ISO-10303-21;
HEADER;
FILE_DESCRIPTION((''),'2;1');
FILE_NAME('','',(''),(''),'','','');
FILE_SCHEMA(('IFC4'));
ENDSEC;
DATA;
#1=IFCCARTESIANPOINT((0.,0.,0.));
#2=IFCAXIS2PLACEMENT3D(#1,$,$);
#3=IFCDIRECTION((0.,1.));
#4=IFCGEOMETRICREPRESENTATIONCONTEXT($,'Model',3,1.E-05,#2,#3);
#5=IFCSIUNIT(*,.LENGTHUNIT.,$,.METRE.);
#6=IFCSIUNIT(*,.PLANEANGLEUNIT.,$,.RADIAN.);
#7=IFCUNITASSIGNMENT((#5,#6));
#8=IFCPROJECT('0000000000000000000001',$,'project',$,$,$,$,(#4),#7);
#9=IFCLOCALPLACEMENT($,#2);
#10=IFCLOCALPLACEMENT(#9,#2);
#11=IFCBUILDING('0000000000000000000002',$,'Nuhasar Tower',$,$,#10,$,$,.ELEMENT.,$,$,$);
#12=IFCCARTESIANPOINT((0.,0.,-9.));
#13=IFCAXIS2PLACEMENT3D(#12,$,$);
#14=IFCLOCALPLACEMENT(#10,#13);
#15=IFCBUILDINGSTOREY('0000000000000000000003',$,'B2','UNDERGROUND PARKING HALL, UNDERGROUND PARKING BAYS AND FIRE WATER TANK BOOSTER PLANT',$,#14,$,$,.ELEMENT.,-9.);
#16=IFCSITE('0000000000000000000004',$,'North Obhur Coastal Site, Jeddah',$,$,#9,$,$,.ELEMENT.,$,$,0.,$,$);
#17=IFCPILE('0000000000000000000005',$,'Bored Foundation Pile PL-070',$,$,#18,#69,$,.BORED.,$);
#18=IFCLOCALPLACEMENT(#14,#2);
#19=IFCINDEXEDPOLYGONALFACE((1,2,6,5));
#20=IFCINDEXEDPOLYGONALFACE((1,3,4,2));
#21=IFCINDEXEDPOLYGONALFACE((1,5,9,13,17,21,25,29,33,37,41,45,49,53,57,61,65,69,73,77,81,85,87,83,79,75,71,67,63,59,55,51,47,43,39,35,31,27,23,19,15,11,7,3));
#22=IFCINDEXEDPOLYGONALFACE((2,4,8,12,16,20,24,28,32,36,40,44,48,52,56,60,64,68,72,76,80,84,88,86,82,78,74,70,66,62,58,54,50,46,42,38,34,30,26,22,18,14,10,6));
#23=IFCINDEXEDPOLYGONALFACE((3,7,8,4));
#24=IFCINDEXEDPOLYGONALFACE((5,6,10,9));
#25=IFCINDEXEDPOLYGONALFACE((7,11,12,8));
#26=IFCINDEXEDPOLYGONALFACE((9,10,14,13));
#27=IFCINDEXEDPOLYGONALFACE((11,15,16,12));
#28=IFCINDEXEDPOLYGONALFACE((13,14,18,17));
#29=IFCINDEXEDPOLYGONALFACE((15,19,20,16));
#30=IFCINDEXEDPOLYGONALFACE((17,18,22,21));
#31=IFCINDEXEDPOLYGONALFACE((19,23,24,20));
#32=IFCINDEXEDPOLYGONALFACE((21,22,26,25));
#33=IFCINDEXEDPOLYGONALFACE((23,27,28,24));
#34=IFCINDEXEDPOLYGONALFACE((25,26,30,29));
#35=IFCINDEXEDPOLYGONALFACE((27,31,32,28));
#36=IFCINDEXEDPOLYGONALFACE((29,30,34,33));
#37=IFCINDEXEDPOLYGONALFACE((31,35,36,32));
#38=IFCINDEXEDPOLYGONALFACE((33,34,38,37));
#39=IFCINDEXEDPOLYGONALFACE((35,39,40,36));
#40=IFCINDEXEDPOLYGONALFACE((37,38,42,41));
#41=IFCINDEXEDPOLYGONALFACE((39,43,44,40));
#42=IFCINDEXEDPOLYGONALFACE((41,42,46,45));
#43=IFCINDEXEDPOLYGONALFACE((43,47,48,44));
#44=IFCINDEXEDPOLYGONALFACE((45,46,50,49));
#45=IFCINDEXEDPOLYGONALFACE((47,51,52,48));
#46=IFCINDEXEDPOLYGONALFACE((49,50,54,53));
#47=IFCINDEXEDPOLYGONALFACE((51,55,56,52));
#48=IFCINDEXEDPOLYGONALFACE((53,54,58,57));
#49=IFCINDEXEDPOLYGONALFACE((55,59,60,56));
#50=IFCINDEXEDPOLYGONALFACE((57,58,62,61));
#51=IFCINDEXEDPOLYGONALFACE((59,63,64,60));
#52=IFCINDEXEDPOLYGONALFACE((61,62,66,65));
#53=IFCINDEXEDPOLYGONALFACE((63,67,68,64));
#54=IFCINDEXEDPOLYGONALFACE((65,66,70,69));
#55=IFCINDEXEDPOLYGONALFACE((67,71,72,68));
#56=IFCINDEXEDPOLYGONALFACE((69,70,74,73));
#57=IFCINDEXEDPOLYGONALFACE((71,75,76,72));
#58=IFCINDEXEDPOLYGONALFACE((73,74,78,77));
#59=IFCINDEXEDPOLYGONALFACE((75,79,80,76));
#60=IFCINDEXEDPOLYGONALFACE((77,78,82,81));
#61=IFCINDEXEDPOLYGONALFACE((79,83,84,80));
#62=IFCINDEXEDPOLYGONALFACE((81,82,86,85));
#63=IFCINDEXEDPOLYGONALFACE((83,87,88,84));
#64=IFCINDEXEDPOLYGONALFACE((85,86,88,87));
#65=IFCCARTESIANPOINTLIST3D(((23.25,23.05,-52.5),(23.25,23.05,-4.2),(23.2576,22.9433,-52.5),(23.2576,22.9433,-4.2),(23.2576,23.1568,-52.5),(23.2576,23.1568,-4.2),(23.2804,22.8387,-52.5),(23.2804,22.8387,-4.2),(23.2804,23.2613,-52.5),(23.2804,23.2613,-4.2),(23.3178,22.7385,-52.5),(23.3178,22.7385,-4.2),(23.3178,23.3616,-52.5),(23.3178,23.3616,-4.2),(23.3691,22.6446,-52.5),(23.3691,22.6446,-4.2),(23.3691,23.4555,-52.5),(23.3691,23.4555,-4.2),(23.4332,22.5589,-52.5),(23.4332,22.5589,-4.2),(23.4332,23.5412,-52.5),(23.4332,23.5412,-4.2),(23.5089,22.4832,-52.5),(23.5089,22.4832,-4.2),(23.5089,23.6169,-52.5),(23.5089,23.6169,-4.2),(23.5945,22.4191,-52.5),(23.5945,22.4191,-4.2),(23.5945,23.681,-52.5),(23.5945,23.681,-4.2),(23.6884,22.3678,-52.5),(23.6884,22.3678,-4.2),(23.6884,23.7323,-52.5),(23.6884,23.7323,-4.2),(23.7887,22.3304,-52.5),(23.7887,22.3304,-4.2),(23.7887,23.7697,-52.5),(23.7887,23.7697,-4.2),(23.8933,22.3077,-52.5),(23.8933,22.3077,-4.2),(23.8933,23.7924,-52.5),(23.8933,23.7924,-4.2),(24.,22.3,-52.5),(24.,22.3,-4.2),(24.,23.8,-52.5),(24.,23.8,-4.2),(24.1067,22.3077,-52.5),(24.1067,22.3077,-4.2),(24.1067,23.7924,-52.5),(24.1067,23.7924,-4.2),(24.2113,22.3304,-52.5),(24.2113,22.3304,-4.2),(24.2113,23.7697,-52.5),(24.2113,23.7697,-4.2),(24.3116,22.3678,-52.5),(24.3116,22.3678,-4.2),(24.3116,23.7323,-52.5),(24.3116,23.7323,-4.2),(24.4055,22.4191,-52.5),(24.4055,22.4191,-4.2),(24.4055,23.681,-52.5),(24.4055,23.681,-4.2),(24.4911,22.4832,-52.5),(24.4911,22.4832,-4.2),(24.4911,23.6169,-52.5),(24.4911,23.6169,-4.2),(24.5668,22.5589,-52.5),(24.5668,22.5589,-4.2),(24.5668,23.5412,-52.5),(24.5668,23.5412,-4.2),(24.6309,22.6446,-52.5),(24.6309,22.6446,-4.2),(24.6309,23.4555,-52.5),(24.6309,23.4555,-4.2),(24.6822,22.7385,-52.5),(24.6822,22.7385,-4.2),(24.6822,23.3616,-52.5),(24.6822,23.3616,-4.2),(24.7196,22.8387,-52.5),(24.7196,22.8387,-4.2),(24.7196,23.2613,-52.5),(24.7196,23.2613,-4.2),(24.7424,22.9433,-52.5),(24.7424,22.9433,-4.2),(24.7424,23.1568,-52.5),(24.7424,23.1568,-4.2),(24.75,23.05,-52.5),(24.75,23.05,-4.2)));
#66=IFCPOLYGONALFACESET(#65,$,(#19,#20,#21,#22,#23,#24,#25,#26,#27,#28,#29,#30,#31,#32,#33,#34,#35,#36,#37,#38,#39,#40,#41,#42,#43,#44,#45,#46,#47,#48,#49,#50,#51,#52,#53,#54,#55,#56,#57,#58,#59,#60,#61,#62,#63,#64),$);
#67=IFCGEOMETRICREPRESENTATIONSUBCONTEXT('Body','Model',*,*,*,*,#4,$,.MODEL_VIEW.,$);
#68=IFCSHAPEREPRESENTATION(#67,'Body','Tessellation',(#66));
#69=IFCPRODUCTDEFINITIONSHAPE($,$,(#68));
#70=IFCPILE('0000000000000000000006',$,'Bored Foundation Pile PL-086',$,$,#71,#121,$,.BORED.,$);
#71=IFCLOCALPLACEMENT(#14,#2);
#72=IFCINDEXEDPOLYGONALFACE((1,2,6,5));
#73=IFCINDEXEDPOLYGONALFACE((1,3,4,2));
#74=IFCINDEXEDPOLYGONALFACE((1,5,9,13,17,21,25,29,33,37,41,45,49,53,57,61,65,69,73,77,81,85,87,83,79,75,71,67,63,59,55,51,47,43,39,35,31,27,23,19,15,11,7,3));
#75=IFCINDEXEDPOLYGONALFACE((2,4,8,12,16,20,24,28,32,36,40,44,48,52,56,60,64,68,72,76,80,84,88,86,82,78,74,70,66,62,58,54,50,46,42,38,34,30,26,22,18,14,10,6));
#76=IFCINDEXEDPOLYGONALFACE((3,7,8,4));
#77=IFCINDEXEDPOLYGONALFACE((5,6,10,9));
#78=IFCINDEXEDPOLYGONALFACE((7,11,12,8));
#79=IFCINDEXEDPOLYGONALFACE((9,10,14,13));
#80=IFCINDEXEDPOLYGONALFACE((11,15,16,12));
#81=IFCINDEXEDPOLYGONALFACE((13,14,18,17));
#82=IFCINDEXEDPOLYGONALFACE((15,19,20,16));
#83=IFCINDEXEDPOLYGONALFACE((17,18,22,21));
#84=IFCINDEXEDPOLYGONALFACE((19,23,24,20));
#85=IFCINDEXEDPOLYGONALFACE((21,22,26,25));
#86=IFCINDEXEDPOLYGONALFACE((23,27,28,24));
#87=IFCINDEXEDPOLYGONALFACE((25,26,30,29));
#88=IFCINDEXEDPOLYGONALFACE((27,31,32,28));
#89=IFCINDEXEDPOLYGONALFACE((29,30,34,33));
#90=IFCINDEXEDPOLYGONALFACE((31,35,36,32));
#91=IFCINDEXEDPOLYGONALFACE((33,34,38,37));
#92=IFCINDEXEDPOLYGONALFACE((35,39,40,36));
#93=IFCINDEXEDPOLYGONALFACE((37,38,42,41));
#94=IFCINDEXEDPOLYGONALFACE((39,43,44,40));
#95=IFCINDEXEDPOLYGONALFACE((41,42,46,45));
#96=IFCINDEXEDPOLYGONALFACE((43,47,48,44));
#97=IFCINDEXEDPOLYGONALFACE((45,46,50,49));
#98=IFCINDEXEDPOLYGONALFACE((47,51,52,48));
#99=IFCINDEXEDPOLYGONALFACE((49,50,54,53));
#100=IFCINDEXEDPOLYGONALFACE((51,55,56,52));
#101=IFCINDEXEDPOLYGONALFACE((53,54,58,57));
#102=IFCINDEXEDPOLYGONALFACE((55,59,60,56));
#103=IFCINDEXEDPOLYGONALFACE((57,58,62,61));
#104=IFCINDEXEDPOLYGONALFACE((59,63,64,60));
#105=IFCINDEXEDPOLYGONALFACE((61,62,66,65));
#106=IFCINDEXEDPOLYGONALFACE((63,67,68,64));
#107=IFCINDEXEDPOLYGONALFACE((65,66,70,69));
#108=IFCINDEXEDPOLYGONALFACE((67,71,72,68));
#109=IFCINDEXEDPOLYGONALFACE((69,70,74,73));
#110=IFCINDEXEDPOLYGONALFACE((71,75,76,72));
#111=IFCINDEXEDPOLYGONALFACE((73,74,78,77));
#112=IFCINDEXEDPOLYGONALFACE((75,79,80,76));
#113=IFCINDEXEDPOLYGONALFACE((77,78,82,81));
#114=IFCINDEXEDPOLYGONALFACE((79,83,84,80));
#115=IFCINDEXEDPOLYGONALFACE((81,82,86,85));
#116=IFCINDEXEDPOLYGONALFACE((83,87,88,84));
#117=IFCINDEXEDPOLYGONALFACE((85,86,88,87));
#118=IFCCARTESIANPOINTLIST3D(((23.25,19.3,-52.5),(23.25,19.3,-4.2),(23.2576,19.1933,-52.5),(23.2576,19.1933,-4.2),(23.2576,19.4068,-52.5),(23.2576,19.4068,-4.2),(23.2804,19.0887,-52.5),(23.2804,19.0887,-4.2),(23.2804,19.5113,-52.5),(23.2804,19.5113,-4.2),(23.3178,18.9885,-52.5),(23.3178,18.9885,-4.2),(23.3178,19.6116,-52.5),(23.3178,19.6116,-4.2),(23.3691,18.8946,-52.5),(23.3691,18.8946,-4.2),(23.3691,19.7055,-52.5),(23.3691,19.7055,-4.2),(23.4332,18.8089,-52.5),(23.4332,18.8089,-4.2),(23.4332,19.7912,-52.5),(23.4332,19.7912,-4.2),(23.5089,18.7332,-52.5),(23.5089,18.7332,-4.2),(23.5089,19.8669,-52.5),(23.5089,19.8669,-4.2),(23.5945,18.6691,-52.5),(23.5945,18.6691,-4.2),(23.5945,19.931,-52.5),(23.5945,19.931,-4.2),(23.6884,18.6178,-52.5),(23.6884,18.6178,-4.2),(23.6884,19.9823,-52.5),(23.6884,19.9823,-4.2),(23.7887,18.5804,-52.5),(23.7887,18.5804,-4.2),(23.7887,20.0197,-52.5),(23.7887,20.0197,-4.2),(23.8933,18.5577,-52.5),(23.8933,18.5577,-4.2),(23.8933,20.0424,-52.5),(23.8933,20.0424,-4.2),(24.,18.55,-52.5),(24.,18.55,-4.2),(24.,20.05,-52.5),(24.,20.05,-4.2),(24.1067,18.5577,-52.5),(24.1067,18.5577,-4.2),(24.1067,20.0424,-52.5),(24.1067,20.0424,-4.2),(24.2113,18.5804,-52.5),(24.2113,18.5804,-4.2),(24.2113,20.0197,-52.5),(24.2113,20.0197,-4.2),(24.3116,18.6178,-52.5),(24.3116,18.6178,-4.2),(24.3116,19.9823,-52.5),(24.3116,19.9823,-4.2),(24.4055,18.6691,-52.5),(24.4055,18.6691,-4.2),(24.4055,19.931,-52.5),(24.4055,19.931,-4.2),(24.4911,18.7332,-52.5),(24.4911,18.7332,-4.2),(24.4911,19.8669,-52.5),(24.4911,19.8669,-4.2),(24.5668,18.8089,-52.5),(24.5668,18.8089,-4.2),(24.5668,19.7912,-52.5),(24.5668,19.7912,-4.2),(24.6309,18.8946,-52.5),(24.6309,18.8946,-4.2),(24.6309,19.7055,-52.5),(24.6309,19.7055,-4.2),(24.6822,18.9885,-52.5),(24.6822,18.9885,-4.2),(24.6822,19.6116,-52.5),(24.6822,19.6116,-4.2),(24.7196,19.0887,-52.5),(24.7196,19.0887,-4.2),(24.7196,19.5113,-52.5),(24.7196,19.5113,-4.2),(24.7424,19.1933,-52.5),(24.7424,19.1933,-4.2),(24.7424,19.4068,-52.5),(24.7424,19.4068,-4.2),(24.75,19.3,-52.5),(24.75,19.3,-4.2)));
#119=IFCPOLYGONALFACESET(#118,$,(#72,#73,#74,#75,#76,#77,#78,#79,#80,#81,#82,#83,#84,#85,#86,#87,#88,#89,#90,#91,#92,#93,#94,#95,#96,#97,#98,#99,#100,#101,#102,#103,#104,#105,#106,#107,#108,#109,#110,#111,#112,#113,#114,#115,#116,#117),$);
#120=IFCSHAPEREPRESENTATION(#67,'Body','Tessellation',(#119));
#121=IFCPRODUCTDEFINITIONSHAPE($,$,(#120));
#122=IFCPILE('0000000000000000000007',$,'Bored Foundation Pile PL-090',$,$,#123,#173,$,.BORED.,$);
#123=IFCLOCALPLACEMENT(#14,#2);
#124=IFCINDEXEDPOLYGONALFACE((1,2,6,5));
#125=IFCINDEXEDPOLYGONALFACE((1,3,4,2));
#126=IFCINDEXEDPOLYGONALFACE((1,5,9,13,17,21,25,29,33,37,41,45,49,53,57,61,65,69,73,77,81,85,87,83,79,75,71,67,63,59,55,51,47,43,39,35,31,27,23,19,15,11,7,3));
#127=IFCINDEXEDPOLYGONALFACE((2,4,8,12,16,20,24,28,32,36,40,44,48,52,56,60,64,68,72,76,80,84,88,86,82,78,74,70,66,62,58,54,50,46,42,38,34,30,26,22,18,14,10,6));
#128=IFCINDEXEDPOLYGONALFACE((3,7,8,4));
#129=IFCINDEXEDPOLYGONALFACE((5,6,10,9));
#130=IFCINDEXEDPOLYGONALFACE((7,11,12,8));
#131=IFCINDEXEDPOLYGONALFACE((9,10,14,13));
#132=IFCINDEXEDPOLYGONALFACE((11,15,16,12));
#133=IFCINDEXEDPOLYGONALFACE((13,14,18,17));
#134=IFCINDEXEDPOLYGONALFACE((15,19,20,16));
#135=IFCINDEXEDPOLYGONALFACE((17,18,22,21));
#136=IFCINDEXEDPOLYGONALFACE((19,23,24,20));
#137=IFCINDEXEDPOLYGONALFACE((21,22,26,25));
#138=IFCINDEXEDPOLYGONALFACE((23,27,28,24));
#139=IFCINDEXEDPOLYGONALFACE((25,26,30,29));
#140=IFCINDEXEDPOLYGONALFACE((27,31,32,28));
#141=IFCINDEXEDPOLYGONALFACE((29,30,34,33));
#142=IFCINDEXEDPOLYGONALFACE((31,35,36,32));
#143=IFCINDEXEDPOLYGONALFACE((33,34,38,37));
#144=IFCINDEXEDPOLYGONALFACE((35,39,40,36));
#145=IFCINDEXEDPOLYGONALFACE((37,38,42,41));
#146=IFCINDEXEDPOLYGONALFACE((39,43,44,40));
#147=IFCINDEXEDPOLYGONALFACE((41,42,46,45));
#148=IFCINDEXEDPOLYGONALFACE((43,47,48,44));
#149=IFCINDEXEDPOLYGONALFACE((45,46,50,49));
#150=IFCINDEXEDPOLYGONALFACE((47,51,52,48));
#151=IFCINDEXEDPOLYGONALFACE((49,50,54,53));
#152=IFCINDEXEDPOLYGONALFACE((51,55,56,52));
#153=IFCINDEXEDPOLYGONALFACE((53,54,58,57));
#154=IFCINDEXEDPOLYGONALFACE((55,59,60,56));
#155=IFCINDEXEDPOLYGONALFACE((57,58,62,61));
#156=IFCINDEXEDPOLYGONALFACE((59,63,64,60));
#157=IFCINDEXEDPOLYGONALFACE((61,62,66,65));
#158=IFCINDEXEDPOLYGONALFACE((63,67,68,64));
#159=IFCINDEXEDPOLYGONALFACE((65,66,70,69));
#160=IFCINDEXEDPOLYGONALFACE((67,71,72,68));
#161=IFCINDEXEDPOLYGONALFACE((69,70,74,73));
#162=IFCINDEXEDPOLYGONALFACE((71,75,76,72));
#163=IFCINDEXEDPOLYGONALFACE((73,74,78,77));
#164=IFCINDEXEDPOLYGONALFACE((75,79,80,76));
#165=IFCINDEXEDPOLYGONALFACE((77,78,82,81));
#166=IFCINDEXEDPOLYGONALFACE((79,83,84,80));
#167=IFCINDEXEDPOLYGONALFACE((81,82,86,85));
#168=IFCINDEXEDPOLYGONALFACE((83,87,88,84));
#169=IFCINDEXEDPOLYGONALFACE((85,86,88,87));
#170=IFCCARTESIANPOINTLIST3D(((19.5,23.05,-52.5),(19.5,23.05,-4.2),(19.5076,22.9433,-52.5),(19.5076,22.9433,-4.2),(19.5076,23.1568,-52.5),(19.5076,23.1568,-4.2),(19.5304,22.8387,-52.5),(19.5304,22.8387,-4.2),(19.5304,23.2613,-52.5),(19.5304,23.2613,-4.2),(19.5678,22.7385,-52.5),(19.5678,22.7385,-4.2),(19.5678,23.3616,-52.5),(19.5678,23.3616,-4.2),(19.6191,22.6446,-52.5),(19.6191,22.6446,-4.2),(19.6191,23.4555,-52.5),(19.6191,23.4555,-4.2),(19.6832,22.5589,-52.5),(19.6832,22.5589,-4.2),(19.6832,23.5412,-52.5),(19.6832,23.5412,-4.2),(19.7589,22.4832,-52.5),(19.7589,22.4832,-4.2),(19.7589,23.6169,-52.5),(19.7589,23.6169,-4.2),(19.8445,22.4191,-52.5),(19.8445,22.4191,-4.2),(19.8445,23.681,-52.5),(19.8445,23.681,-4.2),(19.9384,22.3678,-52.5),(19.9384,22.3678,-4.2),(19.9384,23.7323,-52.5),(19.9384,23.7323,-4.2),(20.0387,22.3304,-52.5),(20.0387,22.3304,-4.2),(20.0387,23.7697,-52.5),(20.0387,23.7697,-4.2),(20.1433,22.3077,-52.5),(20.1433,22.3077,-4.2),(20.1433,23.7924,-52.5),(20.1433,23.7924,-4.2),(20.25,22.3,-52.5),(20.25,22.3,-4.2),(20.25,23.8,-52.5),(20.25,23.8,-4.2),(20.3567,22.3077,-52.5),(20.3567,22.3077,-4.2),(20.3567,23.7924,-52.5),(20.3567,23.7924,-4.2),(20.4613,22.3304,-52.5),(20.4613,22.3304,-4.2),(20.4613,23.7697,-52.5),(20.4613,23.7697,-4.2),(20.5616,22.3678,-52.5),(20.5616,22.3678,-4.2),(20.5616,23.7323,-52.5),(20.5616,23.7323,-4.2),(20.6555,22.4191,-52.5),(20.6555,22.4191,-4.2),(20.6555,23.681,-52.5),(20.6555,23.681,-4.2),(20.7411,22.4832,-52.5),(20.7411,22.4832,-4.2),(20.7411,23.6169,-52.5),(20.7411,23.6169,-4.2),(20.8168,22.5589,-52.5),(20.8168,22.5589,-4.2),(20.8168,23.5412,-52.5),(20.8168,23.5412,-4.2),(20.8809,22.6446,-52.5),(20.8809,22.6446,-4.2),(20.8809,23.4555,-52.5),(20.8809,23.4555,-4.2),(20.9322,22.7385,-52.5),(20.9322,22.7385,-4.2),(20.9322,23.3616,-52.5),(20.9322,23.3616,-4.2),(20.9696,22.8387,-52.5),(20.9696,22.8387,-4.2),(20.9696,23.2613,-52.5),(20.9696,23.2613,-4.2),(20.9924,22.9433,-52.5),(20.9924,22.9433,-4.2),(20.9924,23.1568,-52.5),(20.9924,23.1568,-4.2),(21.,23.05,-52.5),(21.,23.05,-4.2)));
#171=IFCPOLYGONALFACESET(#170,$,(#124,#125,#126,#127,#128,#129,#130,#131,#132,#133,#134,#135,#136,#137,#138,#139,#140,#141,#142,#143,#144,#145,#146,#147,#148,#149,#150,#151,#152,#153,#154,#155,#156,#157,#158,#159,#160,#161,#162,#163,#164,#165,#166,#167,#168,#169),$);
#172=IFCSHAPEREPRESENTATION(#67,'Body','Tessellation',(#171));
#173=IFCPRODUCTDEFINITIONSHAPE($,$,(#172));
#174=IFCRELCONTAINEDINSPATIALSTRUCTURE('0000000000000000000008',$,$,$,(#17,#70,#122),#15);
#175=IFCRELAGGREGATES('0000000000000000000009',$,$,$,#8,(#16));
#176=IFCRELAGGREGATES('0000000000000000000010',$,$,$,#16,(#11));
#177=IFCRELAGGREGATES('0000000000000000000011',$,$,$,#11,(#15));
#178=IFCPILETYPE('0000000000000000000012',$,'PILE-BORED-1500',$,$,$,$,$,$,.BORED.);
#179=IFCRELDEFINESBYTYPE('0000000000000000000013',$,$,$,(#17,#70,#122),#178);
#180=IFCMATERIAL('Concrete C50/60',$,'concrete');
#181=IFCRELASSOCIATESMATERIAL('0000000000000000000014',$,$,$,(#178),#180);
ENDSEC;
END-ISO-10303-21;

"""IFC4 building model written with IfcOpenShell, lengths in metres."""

from ifc_helpers import new_model, si_unit, direction, frame, origin, origin_2d, place, context, subcontext, project, spatial, circle, extrude, material, material_profile, profile_set, type_object, element, save


model = new_model("IFC4")

# Units and contexts
model_context = context("Model", 3, precision=1e-05, world=origin(), true_north=direction((0.0, 1.0)))
body_context = subcontext(model_context, "Body", "Model", "MODEL_VIEW")
ifc_project = project(units=[si_unit("LENGTHUNIT", "METRE"), si_unit("PLANEANGLEUNIT", "RADIAN")], contexts=[model_context])

# Site, building, storey
site_placement = place(None, origin())
site = spatial("IfcSite", under=ifc_project, at=site_placement, Name="North Obhur Coastal Site, Jeddah", CompositionType="ELEMENT", RefElevation=0.0)
building_placement = place(site_placement, origin())
building = spatial("IfcBuilding", under=site, at=building_placement, Name="Nuhasar Tower", CompositionType="ELEMENT")
storey_placement = place(building_placement, frame((0.0, 0.0, -9.0)))
storey = spatial("IfcBuildingStorey", under=building, at=storey_placement, Name="B2", Description="UNDERGROUND PARKING HALL, UNDERGROUND PARKING BAYS AND FIRE WATER TANK BOOSTER PLANT", CompositionType="ELEMENT", Elevation=-9.0)

# Shared definitions
ifc_material_1 = material(Name="Concrete C50/60", Category="concrete")

# Piles
ifc_material_profile_1 = material_profile(ifc_material_1, circle(Radius=0.75, at=origin_2d()), Name="PILE1500")
ifc_profile_set_1 = profile_set([ifc_material_profile_1], Name="Concrete C50/60")
pile_type_1 = type_object("IfcPileType", Name="PILE-BORED-1500", PredefinedType="BORED", material=ifc_profile_set_1)
for number, where, z_axis, x_axis, name in (
    (1, (24.0, 23.05, -4.2), (0.0, 0.0, -1.0), (1.0, 0.0, 0.0), "Bored Foundation Pile PL-070"),
    (2, (24.0, 19.3, -4.2), (0.0, 0.0, -1.0), (1.0, 0.0, 0.0), "Bored Foundation Pile PL-086"),
    (3, (20.25, 23.05, -4.2), (0.0, 0.0, -1.0), (1.0, 0.0, 0.0), "Bored Foundation Pile PL-090"),
):
    element("IfcPile", number, at=place(storey_placement, frame(where, z_axis=z_axis, x_axis=x_axis)), inside=storey, type_object=pile_type_1, Name=name, PredefinedType="BORED", context=body_context, shape_type="SweptSolid", body=[
        extrude(circle(Radius=0.75, at=origin_2d()), origin(), (0.0, 0.0, 1.0), 48.3),
    ])

save(model, "model.ifc")
